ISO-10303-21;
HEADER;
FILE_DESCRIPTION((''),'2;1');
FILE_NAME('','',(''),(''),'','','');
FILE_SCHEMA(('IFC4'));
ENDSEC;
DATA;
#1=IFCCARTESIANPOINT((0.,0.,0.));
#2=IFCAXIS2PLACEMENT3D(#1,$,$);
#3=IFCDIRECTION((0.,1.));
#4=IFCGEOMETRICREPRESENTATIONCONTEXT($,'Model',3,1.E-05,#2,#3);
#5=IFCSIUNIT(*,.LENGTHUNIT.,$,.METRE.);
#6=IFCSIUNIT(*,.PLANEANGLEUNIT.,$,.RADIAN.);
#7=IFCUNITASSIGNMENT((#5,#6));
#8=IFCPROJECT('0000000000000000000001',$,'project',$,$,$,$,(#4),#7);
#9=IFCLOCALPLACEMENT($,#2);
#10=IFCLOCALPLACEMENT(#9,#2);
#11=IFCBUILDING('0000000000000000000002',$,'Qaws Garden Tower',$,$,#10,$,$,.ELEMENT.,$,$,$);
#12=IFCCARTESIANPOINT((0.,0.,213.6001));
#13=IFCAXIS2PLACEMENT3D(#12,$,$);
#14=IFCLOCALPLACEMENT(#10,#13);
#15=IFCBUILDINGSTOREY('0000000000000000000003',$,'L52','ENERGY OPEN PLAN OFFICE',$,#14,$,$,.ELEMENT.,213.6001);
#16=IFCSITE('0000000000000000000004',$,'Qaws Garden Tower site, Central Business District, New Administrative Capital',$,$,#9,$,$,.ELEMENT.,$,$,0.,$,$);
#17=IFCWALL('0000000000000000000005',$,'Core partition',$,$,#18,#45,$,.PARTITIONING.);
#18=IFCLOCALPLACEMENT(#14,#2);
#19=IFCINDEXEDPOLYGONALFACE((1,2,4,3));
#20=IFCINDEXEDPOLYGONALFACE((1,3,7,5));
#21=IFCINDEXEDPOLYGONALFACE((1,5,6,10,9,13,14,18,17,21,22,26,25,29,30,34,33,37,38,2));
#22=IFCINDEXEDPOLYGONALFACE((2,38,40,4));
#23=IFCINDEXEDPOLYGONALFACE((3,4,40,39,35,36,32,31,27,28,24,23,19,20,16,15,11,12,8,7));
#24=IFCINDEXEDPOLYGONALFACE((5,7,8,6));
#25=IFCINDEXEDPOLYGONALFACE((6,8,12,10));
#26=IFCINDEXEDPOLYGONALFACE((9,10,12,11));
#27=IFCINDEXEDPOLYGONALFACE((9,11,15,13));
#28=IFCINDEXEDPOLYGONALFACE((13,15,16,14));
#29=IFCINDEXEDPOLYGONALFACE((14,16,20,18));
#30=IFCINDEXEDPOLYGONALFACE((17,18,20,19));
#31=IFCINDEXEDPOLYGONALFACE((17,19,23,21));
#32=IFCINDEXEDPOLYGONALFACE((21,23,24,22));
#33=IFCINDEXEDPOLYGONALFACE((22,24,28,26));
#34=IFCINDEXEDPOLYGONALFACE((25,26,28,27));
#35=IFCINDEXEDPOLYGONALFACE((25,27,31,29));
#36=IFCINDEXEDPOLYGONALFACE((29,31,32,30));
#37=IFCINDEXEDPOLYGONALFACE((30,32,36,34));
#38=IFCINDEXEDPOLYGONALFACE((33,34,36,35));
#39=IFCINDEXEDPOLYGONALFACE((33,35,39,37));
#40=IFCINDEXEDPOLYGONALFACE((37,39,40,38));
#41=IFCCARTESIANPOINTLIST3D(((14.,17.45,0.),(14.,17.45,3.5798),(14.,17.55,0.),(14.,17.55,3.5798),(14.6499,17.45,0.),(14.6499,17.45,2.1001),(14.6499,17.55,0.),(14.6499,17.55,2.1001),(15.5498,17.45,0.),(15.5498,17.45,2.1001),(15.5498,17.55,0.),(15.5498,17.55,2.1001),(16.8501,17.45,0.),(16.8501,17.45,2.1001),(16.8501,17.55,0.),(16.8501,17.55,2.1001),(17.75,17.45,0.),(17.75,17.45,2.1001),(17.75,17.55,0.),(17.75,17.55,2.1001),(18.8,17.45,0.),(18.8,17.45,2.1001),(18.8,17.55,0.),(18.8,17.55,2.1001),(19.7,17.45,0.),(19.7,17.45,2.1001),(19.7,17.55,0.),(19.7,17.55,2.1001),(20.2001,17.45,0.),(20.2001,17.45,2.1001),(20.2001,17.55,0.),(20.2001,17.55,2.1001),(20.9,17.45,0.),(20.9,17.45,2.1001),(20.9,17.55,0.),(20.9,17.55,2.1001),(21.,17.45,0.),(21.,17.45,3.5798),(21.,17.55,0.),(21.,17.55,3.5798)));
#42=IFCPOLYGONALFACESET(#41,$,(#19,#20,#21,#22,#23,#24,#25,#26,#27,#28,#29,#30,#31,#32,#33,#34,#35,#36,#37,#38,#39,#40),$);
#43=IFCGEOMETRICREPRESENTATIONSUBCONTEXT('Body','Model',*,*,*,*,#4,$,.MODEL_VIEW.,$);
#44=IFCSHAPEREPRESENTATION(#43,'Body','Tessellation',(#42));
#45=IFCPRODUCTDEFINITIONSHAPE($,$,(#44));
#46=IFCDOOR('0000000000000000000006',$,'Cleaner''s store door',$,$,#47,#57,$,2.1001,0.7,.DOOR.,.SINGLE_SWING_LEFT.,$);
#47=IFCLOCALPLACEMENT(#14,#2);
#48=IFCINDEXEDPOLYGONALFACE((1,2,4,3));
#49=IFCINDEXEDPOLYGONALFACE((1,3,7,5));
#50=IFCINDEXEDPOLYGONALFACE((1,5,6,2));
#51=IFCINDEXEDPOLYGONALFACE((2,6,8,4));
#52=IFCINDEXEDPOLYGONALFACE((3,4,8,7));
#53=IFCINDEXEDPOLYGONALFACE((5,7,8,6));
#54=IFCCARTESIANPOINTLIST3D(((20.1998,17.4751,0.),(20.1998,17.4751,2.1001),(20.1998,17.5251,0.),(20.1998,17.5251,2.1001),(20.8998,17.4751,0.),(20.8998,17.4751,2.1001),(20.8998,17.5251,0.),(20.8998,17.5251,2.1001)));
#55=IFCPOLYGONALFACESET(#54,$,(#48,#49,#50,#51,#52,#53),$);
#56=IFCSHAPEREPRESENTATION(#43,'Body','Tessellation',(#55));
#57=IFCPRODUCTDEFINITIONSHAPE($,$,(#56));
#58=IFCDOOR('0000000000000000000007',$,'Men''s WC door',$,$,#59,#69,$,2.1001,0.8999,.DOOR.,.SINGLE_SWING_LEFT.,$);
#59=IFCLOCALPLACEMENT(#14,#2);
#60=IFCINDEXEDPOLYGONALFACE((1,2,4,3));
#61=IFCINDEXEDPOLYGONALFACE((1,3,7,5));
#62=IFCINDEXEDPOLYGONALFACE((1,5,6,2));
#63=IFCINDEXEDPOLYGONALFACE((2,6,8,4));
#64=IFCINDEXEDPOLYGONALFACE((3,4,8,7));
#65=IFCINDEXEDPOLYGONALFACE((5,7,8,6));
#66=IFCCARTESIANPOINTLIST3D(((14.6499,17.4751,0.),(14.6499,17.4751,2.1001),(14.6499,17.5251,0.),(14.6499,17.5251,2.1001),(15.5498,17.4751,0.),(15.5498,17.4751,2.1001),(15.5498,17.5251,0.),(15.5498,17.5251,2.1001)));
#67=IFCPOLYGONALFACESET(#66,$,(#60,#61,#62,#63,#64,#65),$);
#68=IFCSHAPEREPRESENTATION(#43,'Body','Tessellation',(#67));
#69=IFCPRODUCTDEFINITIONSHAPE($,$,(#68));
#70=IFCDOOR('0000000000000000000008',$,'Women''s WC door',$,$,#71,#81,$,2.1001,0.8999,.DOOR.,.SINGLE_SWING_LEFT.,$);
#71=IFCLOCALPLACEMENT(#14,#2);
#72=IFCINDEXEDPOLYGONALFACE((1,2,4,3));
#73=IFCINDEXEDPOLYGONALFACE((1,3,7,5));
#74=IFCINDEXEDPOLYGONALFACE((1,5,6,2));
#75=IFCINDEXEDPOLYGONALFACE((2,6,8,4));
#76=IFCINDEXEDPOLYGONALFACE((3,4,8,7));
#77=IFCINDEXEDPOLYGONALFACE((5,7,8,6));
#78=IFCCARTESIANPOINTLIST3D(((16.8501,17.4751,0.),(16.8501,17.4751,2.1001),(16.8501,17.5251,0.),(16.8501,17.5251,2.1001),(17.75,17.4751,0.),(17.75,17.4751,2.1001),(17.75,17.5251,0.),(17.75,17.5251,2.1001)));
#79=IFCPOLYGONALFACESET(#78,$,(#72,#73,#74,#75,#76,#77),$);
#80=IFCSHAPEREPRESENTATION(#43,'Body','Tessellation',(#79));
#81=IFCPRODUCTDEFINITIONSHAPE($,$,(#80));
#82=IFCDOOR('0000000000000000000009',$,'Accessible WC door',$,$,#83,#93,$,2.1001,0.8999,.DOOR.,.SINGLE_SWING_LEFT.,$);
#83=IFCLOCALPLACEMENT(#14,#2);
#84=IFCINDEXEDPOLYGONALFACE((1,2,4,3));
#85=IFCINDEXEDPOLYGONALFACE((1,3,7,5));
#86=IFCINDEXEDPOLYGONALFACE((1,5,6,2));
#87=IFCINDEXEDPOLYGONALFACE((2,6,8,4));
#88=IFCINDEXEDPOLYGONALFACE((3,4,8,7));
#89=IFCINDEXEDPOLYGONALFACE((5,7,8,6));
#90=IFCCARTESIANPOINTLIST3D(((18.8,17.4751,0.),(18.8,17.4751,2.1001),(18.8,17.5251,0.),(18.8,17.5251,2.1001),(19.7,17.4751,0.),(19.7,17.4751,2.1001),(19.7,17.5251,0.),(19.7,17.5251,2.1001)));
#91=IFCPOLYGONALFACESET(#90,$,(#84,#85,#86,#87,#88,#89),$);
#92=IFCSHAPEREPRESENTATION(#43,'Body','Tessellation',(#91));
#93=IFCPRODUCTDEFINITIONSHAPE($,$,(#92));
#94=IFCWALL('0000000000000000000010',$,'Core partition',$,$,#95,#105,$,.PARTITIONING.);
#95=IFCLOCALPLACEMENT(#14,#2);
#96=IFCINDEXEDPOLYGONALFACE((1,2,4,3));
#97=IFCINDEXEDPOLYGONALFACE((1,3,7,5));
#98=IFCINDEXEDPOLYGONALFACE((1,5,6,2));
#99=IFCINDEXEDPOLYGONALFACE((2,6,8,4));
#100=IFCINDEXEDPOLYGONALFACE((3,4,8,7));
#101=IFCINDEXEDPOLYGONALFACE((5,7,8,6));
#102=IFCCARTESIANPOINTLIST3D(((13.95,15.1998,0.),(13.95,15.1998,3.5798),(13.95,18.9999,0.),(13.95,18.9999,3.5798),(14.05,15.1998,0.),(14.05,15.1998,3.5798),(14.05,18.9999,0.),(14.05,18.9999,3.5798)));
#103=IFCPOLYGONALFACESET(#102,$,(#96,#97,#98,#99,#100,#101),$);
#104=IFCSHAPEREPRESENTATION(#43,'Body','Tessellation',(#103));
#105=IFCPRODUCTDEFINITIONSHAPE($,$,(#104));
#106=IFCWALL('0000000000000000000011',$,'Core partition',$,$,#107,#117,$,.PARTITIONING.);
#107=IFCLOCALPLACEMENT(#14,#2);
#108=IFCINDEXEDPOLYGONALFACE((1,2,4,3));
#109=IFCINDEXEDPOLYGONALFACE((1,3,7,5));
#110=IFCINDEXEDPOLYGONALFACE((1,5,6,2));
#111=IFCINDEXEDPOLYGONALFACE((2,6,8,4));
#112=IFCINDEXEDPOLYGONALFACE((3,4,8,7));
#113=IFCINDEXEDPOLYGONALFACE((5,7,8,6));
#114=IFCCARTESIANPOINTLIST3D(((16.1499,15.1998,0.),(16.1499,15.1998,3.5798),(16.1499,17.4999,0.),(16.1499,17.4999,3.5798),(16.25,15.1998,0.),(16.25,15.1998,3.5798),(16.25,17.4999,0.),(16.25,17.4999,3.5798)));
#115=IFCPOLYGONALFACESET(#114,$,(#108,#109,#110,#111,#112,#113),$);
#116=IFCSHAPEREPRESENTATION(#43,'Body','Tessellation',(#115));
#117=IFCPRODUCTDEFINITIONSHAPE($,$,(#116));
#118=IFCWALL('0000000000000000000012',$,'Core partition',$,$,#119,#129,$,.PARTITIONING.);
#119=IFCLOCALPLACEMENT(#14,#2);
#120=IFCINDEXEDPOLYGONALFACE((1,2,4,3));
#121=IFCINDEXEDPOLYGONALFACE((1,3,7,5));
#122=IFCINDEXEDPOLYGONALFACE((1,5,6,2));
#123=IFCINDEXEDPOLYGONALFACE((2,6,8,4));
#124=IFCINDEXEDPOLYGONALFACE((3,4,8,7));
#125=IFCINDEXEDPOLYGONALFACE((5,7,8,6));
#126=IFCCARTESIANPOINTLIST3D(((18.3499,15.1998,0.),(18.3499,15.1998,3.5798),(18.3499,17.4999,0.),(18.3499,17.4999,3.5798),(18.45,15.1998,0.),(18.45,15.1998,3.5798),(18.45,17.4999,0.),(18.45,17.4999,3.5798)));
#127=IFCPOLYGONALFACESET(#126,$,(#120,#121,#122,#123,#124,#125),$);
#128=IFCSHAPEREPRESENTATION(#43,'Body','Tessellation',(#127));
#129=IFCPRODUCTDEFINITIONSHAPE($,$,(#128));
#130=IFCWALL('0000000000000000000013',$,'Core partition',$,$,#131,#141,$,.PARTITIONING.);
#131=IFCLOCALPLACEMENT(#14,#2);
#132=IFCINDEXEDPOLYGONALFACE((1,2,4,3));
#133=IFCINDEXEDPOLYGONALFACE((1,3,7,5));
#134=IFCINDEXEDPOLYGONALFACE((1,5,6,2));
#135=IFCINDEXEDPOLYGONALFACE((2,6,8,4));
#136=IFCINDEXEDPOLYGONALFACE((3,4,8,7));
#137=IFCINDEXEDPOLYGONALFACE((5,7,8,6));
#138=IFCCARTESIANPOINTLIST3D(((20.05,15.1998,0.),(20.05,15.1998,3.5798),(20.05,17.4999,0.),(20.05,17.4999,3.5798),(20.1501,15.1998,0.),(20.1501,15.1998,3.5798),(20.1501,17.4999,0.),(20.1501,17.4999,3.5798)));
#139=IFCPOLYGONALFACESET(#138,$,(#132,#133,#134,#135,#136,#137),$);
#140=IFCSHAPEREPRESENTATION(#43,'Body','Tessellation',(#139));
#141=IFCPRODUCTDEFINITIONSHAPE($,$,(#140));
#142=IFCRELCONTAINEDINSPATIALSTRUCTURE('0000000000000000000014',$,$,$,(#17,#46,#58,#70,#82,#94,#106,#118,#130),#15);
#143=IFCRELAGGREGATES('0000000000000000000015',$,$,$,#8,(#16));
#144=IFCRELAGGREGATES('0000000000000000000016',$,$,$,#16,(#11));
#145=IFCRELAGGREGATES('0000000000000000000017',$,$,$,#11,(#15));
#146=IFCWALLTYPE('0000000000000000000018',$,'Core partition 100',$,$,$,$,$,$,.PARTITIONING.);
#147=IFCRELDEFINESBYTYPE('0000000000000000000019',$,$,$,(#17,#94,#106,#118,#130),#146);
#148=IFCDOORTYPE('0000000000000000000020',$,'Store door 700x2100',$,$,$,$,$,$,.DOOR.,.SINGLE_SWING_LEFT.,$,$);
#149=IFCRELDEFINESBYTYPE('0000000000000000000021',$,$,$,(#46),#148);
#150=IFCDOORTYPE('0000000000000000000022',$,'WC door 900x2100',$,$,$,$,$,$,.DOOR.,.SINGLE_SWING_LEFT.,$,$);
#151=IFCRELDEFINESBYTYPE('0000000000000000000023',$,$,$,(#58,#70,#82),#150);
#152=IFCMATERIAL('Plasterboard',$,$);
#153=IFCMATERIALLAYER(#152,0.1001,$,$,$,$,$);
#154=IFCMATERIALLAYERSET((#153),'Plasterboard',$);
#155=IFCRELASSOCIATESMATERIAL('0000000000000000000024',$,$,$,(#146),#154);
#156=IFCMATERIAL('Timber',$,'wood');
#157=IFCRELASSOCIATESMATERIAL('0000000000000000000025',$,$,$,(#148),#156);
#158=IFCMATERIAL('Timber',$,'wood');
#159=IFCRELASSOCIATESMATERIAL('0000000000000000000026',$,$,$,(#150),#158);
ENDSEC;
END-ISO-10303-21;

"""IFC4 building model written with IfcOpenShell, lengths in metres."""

from ifc_helpers import new_model, si_unit, direction, frame, frame_2d, origin, place, context, subcontext, project, spatial, rectangle, extrude, material, layer, layer_set, type_object, element, fill, save


model = new_model("IFC4")

# Units and contexts
model_context = context("Model", 3, precision=1e-05, world=origin(), true_north=direction((0.0, 1.0)))
body_context = subcontext(model_context, "Body", "Model", "MODEL_VIEW")
ifc_project = project(units=[si_unit("LENGTHUNIT", "METRE"), si_unit("PLANEANGLEUNIT", "RADIAN")], contexts=[model_context])

# Site, building, storey
site_placement = place(None, origin())
site = spatial("IfcSite", under=ifc_project, at=site_placement, Name="Qaws Garden Tower site, Central Business District, New Administrative Capital", CompositionType="ELEMENT", RefElevation=0.0)
building_placement = place(site_placement, origin())
building = spatial("IfcBuilding", under=site, at=building_placement, Name="Qaws Garden Tower", CompositionType="ELEMENT")
storey_placement = place(building_placement, frame((0.0, 0.0, 213.6001)))
storey = spatial("IfcBuildingStorey", under=building, at=storey_placement, Name="L52", Description="ENERGY OPEN PLAN OFFICE", CompositionType="ELEMENT", Elevation=213.6001)

# Wall, openings, doors
ifc_material_1 = material(Name="Plasterboard")
ifc_layer_1 = layer(ifc_material_1, 0.1001)
ifc_layer_set_1 = layer_set([ifc_layer_1], Name="Plasterboard")
wall_type_1 = type_object("IfcWallType", Name="Core partition 100", PredefinedType="PARTITIONING", material=ifc_layer_set_1)
wall_1_placement = place(storey_placement, frame((14.0, 17.5, 0.0), z_axis=(0.0, 0.0, 1.0), x_axis=(1.0, 0.0, 0.0)))
wall_1 = element("IfcWall", 1, at=wall_1_placement, inside=storey, type_object=wall_type_1, Name="Core partition", PredefinedType="PARTITIONING", context=body_context, shape_type="SweptSolid", body=[
    extrude(rectangle(XDim=7.0, YDim=0.1001, at=frame_2d((3.5, 0.0))), origin(), (0.0, 0.0, 1.0), 3.5798),
])
opening_1_placement = place(wall_1_placement, frame((0.6499, 0.0, 0.0)))
opening_1 = element("IfcOpeningElement", 2, at=opening_1_placement, cuts=wall_1, PredefinedType="OPENING", context=body_context, shape_type="SweptSolid", body=[
    extrude(rectangle(XDim=0.8999, YDim=2.1001, at=frame_2d((0.45, 1.05))), frame((0.0, 0.0601, 0.0), z_axis=(0.0, -1.0, 0.0), x_axis=(1.0, 0.0, 0.0)), (0.0, 0.0, 1.0), 0.1201),
])
opening_2_placement = place(wall_1_placement, frame((2.8501, 0.0, 0.0)))
opening_2 = element("IfcOpeningElement", 3, at=opening_2_placement, cuts=wall_1, PredefinedType="OPENING", context=body_context, shape_type="SweptSolid", body=[
    extrude(rectangle(XDim=0.8999, YDim=2.1001, at=frame_2d((0.45, 1.05))), frame((0.0, 0.0601, 0.0), z_axis=(0.0, -1.0, 0.0), x_axis=(1.0, 0.0, 0.0)), (0.0, 0.0, 1.0), 0.1201),
])
opening_3_placement = place(wall_1_placement, frame((4.8, 0.0, 0.0)))
opening_3 = element("IfcOpeningElement", 4, at=opening_3_placement, cuts=wall_1, PredefinedType="OPENING", context=body_context, shape_type="SweptSolid", body=[
    extrude(rectangle(XDim=0.8999, YDim=2.1001, at=frame_2d((0.45, 1.05))), frame((0.0, 0.0601, 0.0), z_axis=(0.0, -1.0, 0.0), x_axis=(1.0, 0.0, 0.0)), (0.0, 0.0, 1.0), 0.1201),
])
opening_4_placement = place(wall_1_placement, frame((6.2, 0.0, 0.0)))
opening_4 = element("IfcOpeningElement", 5, at=opening_4_placement, cuts=wall_1, PredefinedType="OPENING", context=body_context, shape_type="SweptSolid", body=[
    extrude(rectangle(XDim=0.7, YDim=2.1001, at=frame_2d((0.3501, 1.05))), frame((0.0, 0.0601, 0.0), z_axis=(0.0, -1.0, 0.0), x_axis=(1.0, 0.0, 0.0)), (0.0, 0.0, 1.0), 0.1201),
])
ifc_material_2 = material(Name="Timber", Category="wood")
door_type_1 = type_object("IfcDoorType", Name="Store door 700x2100", OperationType="SINGLE_SWING_LEFT", PredefinedType="DOOR", material=ifc_material_2)
door_1_placement = place(opening_4_placement, frame((0.7, 0.0, 0.0), z_axis=(0.0, 0.0, 1.0), x_axis=(-1.0, 0.0, 0.0)))
door_1 = element("IfcDoor", 6, at=door_1_placement, inside=storey, type_object=door_type_1, Name="Cleaner's store door", OperationType="SINGLE_SWING_LEFT", OverallHeight=2.1001, OverallWidth=0.7, PredefinedType="DOOR", context=body_context, shape_type="SweptSolid", body=[
    extrude(rectangle(XDim=0.7, YDim=2.1001, at=frame_2d((0.3501, 1.05))), frame((0.0, 0.0249, 0.0), z_axis=(0.0, -1.0, 0.0), x_axis=(1.0, 0.0, 0.0)), (0.0, 0.0, 1.0), 0.05),
])
fill(opening_4, door_1)
ifc_material_3 = material(Name="Timber", Category="wood")
door_type_2 = type_object("IfcDoorType", Name="WC door 900x2100", OperationType="SINGLE_SWING_LEFT", PredefinedType="DOOR", material=ifc_material_3)
door_2_placement = place(opening_1_placement, frame((0.8999, 0.0, 0.0), z_axis=(0.0, 0.0, 1.0), x_axis=(-1.0, 0.0, 0.0)))
door_2 = element("IfcDoor", 7, at=door_2_placement, inside=storey, type_object=door_type_2, Name="Men's WC door", OperationType="SINGLE_SWING_LEFT", OverallHeight=2.1001, OverallWidth=0.8999, PredefinedType="DOOR", context=body_context, shape_type="SweptSolid", body=[
    extrude(rectangle(XDim=0.8999, YDim=2.1001, at=frame_2d((0.45, 1.05))), frame((0.0, 0.0249, 0.0), z_axis=(0.0, -1.0, 0.0), x_axis=(1.0, 0.0, 0.0)), (0.0, 0.0, 1.0), 0.05),
])
fill(opening_1, door_2)
door_3_placement = place(opening_2_placement, frame((0.8999, 0.0, 0.0), z_axis=(0.0, 0.0, 1.0), x_axis=(-1.0, 0.0, 0.0)))
door_3 = element("IfcDoor", 8, at=door_3_placement, inside=storey, type_object=door_type_2, Name="Women's WC door", OperationType="SINGLE_SWING_LEFT", OverallHeight=2.1001, OverallWidth=0.8999, PredefinedType="DOOR", context=body_context, shape_type="SweptSolid", body=[
    extrude(rectangle(XDim=0.8999, YDim=2.1001, at=frame_2d((0.45, 1.05))), frame((0.0, 0.0249, 0.0), z_axis=(0.0, -1.0, 0.0), x_axis=(1.0, 0.0, 0.0)), (0.0, 0.0, 1.0), 0.05),
])
fill(opening_2, door_3)
door_4_placement = place(opening_3_placement, frame((0.8999, 0.0, 0.0), z_axis=(0.0, 0.0, 1.0), x_axis=(-1.0, 0.0, 0.0)))
door_4 = element("IfcDoor", 9, at=door_4_placement, inside=storey, type_object=door_type_2, Name="Accessible WC door", OperationType="SINGLE_SWING_LEFT", OverallHeight=2.1001, OverallWidth=0.8999, PredefinedType="DOOR", context=body_context, shape_type="SweptSolid", body=[
    extrude(rectangle(XDim=0.8999, YDim=2.1001, at=frame_2d((0.45, 1.05))), frame((0.0, 0.0249, 0.0), z_axis=(0.0, -1.0, 0.0), x_axis=(1.0, 0.0, 0.0)), (0.0, 0.0, 1.0), 0.05),
])
fill(opening_3, door_4)

# Walls
wall_2_placement = place(storey_placement, frame((14.0, 15.2, 0.0), z_axis=(0.0, 0.0, 1.0), x_axis=(0.0, 1.0, 0.0)))
element("IfcWall", 10, at=wall_2_placement, inside=storey, type_object=wall_type_1, Name="Core partition", PredefinedType="PARTITIONING", context=body_context, shape_type="SweptSolid", body=[
    extrude(rectangle(XDim=3.8, YDim=0.1001, at=frame_2d((1.8999, 0.0))), origin(), (0.0, 0.0, 1.0), 3.5798),
])
for number, where, z_axis, x_axis, name in (
    (11, (16.2, 15.2, 0.0), (0.0, 0.0, 1.0), (0.0, 1.0, 0.0), "Core partition"),
    (12, (18.3999, 15.2, 0.0), (0.0, 0.0, 1.0), (0.0, 1.0, 0.0), "Core partition"),
    (13, (20.1001, 15.2, 0.0), (0.0, 0.0, 1.0), (0.0, 1.0, 0.0), "Core partition"),
):
    element("IfcWall", number, at=place(storey_placement, frame(where, z_axis=z_axis, x_axis=x_axis)), inside=storey, type_object=wall_type_1, Name=name, PredefinedType="PARTITIONING", context=body_context, shape_type="SweptSolid", body=[
        extrude(rectangle(XDim=2.3, YDim=0.1001, at=frame_2d((1.1499, 0.0))), origin(), (0.0, 0.0, 1.0), 3.5798),
    ])

save(model, "model.ifc")
